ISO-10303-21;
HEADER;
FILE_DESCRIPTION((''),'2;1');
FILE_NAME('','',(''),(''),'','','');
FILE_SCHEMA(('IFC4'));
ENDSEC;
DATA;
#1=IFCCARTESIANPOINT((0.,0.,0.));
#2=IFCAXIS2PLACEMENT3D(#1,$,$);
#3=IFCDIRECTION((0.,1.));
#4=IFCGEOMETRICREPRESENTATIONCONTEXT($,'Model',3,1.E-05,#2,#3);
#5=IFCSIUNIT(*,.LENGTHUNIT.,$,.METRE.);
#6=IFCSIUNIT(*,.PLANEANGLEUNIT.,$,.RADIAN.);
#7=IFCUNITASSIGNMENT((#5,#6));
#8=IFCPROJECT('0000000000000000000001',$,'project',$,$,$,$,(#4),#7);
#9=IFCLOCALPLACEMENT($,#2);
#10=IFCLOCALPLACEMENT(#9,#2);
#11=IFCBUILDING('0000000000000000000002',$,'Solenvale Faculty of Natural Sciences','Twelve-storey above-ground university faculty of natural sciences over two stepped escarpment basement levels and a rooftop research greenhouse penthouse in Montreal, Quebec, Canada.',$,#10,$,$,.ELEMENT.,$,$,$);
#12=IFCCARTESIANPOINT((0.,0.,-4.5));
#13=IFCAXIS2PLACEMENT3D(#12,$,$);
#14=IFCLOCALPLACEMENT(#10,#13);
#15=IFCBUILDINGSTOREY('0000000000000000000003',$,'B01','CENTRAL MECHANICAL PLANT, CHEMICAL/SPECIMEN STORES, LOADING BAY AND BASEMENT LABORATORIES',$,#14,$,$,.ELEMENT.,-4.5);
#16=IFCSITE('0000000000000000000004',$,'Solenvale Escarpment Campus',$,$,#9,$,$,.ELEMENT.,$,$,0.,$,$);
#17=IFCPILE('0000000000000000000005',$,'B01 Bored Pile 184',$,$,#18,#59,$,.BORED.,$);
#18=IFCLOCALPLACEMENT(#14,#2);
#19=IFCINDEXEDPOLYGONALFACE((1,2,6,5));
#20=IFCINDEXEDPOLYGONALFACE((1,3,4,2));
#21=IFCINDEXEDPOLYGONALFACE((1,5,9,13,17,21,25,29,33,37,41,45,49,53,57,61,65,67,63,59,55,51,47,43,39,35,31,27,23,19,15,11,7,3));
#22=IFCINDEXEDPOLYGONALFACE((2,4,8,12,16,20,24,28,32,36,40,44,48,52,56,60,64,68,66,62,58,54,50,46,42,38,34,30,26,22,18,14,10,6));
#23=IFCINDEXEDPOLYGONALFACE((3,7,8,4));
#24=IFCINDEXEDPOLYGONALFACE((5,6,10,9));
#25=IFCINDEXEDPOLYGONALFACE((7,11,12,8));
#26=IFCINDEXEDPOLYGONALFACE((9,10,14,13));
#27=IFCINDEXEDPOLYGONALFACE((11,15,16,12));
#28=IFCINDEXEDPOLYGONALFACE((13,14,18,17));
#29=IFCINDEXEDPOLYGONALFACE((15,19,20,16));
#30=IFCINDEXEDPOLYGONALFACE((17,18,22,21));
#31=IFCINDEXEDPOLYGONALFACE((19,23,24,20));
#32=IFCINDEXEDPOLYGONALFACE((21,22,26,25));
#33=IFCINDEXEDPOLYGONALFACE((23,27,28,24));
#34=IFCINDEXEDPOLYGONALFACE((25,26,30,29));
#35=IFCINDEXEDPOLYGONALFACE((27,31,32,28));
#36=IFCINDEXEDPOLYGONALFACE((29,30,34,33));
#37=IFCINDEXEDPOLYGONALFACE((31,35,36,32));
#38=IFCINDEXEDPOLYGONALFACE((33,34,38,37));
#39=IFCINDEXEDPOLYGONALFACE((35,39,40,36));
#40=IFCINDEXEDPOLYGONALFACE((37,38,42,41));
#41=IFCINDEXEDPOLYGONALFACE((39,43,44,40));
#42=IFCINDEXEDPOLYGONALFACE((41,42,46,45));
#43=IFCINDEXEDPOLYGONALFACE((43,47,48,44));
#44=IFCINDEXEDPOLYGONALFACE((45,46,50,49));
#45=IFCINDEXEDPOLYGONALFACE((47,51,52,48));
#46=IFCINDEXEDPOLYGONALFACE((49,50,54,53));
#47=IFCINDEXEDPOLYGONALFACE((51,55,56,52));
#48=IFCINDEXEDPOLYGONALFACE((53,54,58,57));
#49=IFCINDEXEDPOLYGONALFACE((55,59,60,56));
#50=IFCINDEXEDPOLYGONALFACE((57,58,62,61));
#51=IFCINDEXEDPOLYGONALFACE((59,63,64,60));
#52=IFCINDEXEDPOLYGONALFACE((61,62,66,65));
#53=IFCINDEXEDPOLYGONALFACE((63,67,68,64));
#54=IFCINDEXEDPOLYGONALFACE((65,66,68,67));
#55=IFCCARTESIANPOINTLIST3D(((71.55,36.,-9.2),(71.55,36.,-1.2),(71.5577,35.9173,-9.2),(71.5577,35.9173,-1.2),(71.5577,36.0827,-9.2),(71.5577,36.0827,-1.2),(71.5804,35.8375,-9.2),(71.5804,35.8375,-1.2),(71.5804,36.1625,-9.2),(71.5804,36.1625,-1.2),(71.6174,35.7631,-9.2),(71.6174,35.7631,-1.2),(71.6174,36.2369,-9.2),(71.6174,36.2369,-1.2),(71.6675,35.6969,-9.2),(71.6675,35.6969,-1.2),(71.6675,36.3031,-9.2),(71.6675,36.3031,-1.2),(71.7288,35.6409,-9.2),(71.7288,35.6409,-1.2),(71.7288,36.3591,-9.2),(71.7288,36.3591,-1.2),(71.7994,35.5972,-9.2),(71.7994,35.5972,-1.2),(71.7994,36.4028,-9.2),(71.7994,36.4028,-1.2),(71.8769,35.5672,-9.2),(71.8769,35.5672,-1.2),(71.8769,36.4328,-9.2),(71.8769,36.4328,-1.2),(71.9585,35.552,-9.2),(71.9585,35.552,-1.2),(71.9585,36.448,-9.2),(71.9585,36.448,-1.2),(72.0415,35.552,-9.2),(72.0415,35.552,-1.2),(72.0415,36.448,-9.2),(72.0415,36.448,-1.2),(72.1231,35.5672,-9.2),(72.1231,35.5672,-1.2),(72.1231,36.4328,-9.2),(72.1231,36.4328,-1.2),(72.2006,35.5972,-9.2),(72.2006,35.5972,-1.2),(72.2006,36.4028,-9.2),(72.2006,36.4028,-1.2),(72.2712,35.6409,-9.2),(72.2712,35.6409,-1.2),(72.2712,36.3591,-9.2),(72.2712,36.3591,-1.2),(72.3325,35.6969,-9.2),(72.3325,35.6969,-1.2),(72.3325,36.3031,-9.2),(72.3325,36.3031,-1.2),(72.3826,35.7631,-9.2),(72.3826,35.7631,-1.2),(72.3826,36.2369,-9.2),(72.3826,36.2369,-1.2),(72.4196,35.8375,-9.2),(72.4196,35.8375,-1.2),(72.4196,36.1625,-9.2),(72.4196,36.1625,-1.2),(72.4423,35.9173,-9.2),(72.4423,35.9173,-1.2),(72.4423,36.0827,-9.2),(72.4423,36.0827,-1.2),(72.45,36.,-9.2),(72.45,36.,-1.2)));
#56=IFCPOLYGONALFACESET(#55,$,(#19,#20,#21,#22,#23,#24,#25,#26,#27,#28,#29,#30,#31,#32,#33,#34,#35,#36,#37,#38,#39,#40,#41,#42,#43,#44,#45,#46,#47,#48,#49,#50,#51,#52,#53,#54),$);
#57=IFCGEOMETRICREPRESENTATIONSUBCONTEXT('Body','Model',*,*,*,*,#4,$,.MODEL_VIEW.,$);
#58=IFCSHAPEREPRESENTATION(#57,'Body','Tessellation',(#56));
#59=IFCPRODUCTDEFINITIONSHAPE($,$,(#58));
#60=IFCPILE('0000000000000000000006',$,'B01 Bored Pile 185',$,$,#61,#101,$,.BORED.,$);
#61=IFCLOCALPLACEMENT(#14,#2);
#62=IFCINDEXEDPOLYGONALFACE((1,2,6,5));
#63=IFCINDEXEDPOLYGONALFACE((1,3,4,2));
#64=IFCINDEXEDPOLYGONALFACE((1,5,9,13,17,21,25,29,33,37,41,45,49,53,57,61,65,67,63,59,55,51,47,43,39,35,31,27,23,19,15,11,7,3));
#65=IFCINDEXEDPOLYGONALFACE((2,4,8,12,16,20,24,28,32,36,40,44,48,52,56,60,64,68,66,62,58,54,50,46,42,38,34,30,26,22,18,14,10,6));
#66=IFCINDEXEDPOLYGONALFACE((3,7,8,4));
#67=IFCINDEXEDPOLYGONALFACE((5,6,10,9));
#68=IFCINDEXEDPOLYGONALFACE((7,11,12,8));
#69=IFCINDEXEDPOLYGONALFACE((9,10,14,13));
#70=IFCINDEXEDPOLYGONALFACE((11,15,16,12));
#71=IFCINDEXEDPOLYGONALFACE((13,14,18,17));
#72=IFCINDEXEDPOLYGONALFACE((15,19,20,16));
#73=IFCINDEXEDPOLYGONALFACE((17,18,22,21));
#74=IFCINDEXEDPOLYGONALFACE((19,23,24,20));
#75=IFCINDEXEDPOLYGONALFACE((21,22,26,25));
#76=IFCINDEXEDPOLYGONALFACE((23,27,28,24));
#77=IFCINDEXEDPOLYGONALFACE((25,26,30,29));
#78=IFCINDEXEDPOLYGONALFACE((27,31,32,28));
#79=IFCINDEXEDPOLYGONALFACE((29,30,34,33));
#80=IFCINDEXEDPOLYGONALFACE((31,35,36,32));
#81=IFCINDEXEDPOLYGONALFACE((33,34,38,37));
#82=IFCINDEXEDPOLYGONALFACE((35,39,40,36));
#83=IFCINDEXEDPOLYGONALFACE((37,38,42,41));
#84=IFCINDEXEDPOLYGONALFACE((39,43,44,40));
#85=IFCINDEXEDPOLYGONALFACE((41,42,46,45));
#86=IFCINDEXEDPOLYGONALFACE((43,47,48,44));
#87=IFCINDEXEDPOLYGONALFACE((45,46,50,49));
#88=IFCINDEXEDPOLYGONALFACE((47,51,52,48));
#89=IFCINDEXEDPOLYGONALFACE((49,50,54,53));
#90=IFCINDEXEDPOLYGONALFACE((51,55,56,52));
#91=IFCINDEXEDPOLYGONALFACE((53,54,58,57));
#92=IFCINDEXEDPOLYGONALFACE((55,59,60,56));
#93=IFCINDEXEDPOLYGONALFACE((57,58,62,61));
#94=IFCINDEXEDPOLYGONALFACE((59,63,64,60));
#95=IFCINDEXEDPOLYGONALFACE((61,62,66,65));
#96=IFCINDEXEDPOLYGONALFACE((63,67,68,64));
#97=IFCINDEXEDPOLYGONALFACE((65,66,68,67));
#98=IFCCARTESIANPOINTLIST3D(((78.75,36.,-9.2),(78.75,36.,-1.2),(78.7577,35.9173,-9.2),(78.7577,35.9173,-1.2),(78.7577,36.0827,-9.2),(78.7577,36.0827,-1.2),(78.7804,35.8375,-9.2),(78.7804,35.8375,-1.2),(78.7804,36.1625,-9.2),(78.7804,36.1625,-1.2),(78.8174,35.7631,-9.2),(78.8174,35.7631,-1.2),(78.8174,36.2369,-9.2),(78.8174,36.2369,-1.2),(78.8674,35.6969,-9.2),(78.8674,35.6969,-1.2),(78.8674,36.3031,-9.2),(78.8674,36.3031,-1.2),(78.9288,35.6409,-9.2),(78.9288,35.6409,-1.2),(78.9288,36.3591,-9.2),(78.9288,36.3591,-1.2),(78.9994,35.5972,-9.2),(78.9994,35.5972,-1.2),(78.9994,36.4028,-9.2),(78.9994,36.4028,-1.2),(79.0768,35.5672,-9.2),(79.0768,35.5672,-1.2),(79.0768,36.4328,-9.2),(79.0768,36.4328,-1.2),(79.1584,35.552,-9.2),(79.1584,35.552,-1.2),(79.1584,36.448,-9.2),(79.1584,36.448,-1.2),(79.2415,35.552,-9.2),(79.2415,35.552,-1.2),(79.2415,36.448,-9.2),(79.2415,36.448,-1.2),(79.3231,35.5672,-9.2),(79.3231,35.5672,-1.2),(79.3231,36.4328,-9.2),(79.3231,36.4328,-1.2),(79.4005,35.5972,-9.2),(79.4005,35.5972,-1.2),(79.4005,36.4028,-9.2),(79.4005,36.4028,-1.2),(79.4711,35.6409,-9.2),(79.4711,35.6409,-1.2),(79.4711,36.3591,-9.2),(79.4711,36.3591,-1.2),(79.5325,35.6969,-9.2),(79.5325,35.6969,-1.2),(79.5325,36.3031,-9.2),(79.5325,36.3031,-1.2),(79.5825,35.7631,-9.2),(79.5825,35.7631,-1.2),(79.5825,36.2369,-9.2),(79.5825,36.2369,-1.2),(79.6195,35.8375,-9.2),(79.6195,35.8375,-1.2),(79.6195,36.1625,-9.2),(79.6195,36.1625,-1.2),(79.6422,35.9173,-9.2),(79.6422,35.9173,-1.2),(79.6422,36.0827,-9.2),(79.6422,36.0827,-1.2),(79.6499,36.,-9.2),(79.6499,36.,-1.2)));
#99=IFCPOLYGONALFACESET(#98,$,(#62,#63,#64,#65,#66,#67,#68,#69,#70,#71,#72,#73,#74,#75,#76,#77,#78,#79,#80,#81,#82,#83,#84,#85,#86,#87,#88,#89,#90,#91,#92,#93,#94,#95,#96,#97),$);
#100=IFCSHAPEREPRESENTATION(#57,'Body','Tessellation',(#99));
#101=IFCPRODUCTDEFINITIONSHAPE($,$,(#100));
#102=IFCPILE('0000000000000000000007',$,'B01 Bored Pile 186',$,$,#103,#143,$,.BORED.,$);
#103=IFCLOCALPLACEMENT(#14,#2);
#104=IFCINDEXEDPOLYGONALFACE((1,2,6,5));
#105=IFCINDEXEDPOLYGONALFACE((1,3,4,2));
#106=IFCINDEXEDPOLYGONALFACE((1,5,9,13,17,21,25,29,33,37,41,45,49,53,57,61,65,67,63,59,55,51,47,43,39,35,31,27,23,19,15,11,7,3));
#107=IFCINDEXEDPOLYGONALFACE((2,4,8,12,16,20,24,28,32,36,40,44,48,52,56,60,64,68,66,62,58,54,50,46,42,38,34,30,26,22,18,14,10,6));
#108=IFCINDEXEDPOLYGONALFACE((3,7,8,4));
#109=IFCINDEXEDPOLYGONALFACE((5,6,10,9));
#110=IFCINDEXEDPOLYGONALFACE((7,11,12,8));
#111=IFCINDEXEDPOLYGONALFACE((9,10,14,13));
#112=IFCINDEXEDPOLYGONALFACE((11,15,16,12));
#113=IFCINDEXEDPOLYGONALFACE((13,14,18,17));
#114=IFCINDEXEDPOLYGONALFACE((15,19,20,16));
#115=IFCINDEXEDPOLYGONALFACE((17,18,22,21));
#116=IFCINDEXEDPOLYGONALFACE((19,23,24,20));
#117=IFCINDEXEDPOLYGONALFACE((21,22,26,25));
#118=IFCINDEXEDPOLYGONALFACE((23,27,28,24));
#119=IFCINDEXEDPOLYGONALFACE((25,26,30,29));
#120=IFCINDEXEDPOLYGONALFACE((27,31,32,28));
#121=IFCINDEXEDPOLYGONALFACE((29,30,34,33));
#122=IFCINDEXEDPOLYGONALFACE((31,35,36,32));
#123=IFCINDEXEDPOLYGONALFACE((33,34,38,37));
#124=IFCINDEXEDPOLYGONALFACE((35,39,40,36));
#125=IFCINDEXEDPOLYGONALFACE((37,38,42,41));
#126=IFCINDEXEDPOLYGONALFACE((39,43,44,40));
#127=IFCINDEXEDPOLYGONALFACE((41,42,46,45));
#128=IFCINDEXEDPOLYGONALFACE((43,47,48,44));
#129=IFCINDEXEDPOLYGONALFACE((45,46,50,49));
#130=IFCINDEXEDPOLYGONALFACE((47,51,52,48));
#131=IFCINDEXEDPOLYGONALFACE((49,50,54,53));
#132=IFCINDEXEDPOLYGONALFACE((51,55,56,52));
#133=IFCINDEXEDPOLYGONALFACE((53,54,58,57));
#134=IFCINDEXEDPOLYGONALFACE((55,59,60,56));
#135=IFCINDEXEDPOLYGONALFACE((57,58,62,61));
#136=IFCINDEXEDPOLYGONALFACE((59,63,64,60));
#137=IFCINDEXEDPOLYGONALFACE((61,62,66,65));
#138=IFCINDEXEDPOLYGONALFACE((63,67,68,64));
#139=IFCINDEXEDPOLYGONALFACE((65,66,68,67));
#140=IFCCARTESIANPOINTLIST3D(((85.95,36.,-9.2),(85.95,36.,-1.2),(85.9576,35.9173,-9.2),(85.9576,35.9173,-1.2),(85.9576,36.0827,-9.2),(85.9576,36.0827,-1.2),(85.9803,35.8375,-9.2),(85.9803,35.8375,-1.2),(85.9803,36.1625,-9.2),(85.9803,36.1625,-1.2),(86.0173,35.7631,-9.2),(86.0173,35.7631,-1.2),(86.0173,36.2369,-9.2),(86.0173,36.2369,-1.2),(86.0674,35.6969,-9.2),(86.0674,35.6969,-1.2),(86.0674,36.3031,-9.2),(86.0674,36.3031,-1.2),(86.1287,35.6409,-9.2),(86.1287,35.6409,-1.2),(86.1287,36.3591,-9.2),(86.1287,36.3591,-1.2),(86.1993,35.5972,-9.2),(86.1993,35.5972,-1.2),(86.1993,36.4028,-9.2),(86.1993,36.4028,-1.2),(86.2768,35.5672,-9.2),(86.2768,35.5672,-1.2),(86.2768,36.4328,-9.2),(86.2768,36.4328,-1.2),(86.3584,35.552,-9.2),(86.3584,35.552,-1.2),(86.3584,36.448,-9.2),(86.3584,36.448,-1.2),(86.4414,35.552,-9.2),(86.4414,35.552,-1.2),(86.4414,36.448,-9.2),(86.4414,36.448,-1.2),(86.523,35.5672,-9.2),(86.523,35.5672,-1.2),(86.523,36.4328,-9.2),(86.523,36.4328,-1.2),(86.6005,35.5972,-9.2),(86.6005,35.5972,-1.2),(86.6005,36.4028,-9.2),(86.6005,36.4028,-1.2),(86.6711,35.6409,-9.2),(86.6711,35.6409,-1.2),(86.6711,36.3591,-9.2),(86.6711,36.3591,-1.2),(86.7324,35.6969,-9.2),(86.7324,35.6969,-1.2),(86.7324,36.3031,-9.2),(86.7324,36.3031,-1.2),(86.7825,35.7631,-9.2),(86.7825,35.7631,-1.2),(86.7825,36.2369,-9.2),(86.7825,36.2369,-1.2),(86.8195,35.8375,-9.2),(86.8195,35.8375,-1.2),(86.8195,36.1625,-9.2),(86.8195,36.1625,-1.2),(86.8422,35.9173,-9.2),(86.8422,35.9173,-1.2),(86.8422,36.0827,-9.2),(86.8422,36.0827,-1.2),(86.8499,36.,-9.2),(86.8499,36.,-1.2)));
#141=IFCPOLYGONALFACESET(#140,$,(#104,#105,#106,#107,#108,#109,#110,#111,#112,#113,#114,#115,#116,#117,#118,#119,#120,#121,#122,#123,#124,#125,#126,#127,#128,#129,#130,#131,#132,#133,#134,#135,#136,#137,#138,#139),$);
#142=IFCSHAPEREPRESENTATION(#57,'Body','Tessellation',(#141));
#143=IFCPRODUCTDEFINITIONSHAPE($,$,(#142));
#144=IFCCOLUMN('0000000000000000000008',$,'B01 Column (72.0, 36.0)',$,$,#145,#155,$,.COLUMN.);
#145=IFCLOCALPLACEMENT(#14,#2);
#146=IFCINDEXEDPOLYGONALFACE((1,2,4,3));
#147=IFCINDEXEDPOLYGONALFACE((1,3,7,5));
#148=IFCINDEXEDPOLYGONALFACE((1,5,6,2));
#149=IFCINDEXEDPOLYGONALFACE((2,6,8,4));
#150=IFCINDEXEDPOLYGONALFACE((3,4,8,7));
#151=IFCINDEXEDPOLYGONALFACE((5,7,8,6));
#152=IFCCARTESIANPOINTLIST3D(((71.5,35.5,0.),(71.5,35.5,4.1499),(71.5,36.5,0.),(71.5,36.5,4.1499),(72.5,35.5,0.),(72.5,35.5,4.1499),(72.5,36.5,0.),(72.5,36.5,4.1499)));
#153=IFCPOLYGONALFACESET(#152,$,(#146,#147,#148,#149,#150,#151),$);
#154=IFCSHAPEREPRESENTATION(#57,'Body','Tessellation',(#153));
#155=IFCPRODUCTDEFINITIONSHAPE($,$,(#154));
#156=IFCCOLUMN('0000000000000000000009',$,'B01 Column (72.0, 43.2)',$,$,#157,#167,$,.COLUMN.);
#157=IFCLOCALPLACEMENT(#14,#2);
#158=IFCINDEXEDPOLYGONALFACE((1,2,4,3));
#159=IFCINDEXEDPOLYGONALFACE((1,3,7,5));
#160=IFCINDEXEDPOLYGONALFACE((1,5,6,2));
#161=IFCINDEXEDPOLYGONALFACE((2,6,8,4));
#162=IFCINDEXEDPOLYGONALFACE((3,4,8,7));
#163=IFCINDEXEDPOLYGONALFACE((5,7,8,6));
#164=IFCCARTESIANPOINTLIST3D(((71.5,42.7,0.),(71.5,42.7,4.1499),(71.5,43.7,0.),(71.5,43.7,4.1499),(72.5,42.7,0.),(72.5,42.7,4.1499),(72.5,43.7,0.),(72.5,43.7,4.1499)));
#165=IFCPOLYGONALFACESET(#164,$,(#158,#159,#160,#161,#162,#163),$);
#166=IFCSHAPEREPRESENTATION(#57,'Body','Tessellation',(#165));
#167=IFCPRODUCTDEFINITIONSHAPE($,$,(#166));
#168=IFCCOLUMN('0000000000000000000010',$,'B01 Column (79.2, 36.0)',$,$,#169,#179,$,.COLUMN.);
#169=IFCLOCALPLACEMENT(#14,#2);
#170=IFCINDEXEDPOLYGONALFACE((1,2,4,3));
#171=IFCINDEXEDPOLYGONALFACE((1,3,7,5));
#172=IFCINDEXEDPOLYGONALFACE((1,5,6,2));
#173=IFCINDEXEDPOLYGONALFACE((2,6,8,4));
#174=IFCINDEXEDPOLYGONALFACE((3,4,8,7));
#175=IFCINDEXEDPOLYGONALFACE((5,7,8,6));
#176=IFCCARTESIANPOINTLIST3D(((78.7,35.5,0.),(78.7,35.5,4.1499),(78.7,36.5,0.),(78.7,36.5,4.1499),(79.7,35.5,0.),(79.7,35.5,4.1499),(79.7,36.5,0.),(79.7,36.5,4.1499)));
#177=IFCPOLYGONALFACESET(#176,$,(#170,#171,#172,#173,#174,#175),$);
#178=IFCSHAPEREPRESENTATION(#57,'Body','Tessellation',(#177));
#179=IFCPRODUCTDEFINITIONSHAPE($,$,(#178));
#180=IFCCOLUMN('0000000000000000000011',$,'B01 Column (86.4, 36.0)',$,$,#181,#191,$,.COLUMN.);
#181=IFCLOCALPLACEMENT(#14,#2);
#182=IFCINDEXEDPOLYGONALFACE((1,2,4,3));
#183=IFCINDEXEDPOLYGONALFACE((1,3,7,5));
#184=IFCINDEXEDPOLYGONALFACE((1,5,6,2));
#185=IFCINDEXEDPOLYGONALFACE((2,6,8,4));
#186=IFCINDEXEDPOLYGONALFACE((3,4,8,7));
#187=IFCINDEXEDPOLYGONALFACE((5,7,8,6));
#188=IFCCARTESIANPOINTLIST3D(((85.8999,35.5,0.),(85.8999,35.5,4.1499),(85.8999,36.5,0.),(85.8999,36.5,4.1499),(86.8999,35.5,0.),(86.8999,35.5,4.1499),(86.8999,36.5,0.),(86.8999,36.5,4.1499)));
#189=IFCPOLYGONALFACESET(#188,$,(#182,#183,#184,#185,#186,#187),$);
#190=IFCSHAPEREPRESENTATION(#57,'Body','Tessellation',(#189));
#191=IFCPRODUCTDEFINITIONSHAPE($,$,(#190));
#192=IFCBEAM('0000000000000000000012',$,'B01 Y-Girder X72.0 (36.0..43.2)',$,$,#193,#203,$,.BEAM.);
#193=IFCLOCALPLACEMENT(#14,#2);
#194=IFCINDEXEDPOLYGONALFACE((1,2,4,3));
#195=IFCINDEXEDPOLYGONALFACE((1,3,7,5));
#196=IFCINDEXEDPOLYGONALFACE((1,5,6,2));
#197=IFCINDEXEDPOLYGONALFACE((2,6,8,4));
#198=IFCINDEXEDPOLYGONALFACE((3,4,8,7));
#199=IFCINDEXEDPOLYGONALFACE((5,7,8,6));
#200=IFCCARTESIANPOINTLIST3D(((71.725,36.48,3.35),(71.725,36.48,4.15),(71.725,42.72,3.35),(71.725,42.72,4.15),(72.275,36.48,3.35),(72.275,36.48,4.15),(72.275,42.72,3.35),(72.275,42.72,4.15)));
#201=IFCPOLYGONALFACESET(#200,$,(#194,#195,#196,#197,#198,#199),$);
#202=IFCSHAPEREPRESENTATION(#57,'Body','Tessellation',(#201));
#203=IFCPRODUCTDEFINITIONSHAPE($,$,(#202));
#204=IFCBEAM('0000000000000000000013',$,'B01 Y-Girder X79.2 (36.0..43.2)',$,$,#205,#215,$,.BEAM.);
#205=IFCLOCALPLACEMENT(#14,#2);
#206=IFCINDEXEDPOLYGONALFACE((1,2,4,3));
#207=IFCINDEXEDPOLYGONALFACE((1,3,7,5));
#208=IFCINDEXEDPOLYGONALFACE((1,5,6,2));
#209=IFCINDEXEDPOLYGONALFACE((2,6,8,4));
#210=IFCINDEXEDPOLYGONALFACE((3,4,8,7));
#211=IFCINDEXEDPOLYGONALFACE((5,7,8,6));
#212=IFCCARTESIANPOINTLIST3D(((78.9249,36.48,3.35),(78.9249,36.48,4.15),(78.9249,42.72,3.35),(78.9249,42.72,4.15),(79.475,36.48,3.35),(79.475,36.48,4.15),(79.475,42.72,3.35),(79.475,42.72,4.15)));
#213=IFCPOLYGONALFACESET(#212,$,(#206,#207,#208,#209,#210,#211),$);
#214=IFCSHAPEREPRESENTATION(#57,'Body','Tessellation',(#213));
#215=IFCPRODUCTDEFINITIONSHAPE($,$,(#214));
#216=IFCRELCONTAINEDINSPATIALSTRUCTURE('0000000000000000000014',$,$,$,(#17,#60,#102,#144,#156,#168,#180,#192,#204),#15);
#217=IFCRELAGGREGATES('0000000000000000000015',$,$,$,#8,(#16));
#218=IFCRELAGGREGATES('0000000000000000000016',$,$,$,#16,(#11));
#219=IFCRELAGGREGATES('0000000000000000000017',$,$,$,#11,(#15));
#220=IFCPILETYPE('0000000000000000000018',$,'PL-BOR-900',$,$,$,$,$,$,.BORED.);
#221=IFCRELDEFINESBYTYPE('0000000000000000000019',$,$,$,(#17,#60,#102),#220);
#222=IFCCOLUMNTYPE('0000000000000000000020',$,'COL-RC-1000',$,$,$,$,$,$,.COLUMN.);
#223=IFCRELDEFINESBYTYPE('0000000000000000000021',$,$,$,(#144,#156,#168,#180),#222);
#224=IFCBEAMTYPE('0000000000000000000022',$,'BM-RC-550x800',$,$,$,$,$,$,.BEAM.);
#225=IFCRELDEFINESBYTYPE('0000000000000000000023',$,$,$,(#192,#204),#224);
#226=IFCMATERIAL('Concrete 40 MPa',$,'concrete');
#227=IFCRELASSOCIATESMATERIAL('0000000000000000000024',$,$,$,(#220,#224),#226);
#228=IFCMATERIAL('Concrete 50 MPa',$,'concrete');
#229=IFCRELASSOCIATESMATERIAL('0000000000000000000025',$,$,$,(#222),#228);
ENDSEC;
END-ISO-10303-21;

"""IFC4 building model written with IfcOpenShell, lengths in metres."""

from ifc_helpers import new_model, si_unit, direction, frame, origin, origin_2d, place, context, subcontext, project, spatial, rectangle, circle, extrude, material, material_profile, profile_set, type_object, element, save


model = new_model("IFC4")

# Units and contexts
model_context = context("Model", 3, precision=1e-05, world=origin(), true_north=direction((0.0, 1.0)))
body_context = subcontext(model_context, "Body", "Model", "MODEL_VIEW")
ifc_project = project(units=[si_unit("LENGTHUNIT", "METRE"), si_unit("PLANEANGLEUNIT", "RADIAN")], contexts=[model_context])

# Site, building, storey
site_placement = place(None, origin())
site = spatial("IfcSite", under=ifc_project, at=site_placement, Name="Solenvale Escarpment Campus", CompositionType="ELEMENT", RefElevation=0.0)
building_placement = place(site_placement, origin())
building = spatial("IfcBuilding", under=site, at=building_placement, Name="Solenvale Faculty of Natural Sciences", Description="Twelve-storey above-ground university faculty of natural sciences over two stepped escarpment basement levels and a rooftop research greenhouse penthouse in Montreal, Quebec, Canada.", CompositionType="ELEMENT")
storey_placement = place(building_placement, frame((0.0, 0.0, -4.5)))
storey = spatial("IfcBuildingStorey", under=building, at=storey_placement, Name="B01", Description="CENTRAL MECHANICAL PLANT, CHEMICAL/SPECIMEN STORES, LOADING BAY AND BASEMENT LABORATORIES", CompositionType="ELEMENT", Elevation=-4.5)

# Shared definitions
ifc_material_1 = material(Name="Concrete 40 MPa", Category="concrete")

# Piles
ifc_material_profile_1 = material_profile(ifc_material_1, circle(Radius=0.45, at=origin_2d()), Name="PILE-D900")
ifc_profile_set_1 = profile_set([ifc_material_profile_1], Name="Concrete 40 MPa")
pile_type_1 = type_object("IfcPileType", Name="PL-BOR-900", PredefinedType="BORED", material=ifc_profile_set_1)
for number, where, z_axis, x_axis, name in (
    (1, (72.0, 36.0, -1.2), (0.0, 0.0, -1.0), (1.0, 0.0, 0.0), "B01 Bored Pile 184"),
    (2, (79.2, 36.0, -1.2), (0.0, 0.0, -1.0), (1.0, 0.0, 0.0), "B01 Bored Pile 185"),
    (3, (86.3999, 36.0, -1.2), (0.0, 0.0, -1.0), (1.0, 0.0, 0.0), "B01 Bored Pile 186"),
):
    element("IfcPile", number, at=place(storey_placement, frame(where, z_axis=z_axis, x_axis=x_axis)), inside=storey, type_object=pile_type_1, Name=name, PredefinedType="BORED", context=body_context, shape_type="SweptSolid", body=[
        extrude(circle(Radius=0.45, at=origin_2d()), origin(), (0.0, 0.0, 1.0), 8.0),
    ])

# Columns
ifc_material_2 = material(Name="Concrete 50 MPa", Category="concrete")
ifc_material_profile_2 = material_profile(ifc_material_2, rectangle(XDim=1.0, YDim=1.0, at=origin_2d()), Name="RC-COL-1000x1000")
ifc_profile_set_2 = profile_set([ifc_material_profile_2], Name="Concrete 50 MPa")
column_type = type_object("IfcColumnType", Name="COL-RC-1000", PredefinedType="COLUMN", material=ifc_profile_set_2)
for number, where, z_axis, x_axis, name in (
    (4, (72.0, 36.0, 0.0), (0.0, 0.0, 1.0), (1.0, 0.0, 0.0), "B01 Column (72.0, 36.0)"),
    (5, (72.0, 43.2, 0.0), (0.0, 0.0, 1.0), (1.0, 0.0, 0.0), "B01 Column (72.0, 43.2)"),
    (6, (79.2, 36.0, 0.0), (0.0, 0.0, 1.0), (1.0, 0.0, 0.0), "B01 Column (79.2, 36.0)"),
    (7, (86.3999, 36.0, 0.0), (0.0, 0.0, 1.0), (1.0, 0.0, 0.0), "B01 Column (86.4, 36.0)"),
):
    element("IfcColumn", number, at=place(storey_placement, frame(where, z_axis=z_axis, x_axis=x_axis)), inside=storey, type_object=column_type, Name=name, PredefinedType="COLUMN", context=body_context, shape_type="SweptSolid", body=[
        extrude(rectangle(XDim=1.0, YDim=1.0, at=origin_2d()), origin(), (0.0, 0.0, 1.0), 4.1499),
    ])

# Beams
ifc_material_profile_3 = material_profile(ifc_material_1, rectangle(XDim=0.55, YDim=0.8, at=origin_2d()), Name="RC-BM-550x800")
ifc_profile_set_3 = profile_set([ifc_material_profile_3], Name="Concrete 40 MPa")
beam_type_1 = type_object("IfcBeamType", Name="BM-RC-550x800", PredefinedType="BEAM", material=ifc_profile_set_3)
for number, where, z_axis, x_axis, name in (
    (8, (72.0, 36.48, 3.75), (0.0, 1.0, 0.0), (-1.0, 0.0, 0.0), "B01 Y-Girder X72.0 (36.0..43.2)"),
    (9, (79.2, 36.48, 3.75), (0.0, 1.0, 0.0), (-1.0, 0.0, 0.0), "B01 Y-Girder X79.2 (36.0..43.2)"),
):
    element("IfcBeam", number, at=place(storey_placement, frame(where, z_axis=z_axis, x_axis=x_axis)), inside=storey, type_object=beam_type_1, Name=name, PredefinedType="BEAM", context=body_context, shape_type="SweptSolid", body=[
        extrude(rectangle(XDim=0.55, YDim=0.8, at=origin_2d()), origin(), (0.0, 0.0, 1.0), 6.24),
    ])

save(model, "model.ifc")
